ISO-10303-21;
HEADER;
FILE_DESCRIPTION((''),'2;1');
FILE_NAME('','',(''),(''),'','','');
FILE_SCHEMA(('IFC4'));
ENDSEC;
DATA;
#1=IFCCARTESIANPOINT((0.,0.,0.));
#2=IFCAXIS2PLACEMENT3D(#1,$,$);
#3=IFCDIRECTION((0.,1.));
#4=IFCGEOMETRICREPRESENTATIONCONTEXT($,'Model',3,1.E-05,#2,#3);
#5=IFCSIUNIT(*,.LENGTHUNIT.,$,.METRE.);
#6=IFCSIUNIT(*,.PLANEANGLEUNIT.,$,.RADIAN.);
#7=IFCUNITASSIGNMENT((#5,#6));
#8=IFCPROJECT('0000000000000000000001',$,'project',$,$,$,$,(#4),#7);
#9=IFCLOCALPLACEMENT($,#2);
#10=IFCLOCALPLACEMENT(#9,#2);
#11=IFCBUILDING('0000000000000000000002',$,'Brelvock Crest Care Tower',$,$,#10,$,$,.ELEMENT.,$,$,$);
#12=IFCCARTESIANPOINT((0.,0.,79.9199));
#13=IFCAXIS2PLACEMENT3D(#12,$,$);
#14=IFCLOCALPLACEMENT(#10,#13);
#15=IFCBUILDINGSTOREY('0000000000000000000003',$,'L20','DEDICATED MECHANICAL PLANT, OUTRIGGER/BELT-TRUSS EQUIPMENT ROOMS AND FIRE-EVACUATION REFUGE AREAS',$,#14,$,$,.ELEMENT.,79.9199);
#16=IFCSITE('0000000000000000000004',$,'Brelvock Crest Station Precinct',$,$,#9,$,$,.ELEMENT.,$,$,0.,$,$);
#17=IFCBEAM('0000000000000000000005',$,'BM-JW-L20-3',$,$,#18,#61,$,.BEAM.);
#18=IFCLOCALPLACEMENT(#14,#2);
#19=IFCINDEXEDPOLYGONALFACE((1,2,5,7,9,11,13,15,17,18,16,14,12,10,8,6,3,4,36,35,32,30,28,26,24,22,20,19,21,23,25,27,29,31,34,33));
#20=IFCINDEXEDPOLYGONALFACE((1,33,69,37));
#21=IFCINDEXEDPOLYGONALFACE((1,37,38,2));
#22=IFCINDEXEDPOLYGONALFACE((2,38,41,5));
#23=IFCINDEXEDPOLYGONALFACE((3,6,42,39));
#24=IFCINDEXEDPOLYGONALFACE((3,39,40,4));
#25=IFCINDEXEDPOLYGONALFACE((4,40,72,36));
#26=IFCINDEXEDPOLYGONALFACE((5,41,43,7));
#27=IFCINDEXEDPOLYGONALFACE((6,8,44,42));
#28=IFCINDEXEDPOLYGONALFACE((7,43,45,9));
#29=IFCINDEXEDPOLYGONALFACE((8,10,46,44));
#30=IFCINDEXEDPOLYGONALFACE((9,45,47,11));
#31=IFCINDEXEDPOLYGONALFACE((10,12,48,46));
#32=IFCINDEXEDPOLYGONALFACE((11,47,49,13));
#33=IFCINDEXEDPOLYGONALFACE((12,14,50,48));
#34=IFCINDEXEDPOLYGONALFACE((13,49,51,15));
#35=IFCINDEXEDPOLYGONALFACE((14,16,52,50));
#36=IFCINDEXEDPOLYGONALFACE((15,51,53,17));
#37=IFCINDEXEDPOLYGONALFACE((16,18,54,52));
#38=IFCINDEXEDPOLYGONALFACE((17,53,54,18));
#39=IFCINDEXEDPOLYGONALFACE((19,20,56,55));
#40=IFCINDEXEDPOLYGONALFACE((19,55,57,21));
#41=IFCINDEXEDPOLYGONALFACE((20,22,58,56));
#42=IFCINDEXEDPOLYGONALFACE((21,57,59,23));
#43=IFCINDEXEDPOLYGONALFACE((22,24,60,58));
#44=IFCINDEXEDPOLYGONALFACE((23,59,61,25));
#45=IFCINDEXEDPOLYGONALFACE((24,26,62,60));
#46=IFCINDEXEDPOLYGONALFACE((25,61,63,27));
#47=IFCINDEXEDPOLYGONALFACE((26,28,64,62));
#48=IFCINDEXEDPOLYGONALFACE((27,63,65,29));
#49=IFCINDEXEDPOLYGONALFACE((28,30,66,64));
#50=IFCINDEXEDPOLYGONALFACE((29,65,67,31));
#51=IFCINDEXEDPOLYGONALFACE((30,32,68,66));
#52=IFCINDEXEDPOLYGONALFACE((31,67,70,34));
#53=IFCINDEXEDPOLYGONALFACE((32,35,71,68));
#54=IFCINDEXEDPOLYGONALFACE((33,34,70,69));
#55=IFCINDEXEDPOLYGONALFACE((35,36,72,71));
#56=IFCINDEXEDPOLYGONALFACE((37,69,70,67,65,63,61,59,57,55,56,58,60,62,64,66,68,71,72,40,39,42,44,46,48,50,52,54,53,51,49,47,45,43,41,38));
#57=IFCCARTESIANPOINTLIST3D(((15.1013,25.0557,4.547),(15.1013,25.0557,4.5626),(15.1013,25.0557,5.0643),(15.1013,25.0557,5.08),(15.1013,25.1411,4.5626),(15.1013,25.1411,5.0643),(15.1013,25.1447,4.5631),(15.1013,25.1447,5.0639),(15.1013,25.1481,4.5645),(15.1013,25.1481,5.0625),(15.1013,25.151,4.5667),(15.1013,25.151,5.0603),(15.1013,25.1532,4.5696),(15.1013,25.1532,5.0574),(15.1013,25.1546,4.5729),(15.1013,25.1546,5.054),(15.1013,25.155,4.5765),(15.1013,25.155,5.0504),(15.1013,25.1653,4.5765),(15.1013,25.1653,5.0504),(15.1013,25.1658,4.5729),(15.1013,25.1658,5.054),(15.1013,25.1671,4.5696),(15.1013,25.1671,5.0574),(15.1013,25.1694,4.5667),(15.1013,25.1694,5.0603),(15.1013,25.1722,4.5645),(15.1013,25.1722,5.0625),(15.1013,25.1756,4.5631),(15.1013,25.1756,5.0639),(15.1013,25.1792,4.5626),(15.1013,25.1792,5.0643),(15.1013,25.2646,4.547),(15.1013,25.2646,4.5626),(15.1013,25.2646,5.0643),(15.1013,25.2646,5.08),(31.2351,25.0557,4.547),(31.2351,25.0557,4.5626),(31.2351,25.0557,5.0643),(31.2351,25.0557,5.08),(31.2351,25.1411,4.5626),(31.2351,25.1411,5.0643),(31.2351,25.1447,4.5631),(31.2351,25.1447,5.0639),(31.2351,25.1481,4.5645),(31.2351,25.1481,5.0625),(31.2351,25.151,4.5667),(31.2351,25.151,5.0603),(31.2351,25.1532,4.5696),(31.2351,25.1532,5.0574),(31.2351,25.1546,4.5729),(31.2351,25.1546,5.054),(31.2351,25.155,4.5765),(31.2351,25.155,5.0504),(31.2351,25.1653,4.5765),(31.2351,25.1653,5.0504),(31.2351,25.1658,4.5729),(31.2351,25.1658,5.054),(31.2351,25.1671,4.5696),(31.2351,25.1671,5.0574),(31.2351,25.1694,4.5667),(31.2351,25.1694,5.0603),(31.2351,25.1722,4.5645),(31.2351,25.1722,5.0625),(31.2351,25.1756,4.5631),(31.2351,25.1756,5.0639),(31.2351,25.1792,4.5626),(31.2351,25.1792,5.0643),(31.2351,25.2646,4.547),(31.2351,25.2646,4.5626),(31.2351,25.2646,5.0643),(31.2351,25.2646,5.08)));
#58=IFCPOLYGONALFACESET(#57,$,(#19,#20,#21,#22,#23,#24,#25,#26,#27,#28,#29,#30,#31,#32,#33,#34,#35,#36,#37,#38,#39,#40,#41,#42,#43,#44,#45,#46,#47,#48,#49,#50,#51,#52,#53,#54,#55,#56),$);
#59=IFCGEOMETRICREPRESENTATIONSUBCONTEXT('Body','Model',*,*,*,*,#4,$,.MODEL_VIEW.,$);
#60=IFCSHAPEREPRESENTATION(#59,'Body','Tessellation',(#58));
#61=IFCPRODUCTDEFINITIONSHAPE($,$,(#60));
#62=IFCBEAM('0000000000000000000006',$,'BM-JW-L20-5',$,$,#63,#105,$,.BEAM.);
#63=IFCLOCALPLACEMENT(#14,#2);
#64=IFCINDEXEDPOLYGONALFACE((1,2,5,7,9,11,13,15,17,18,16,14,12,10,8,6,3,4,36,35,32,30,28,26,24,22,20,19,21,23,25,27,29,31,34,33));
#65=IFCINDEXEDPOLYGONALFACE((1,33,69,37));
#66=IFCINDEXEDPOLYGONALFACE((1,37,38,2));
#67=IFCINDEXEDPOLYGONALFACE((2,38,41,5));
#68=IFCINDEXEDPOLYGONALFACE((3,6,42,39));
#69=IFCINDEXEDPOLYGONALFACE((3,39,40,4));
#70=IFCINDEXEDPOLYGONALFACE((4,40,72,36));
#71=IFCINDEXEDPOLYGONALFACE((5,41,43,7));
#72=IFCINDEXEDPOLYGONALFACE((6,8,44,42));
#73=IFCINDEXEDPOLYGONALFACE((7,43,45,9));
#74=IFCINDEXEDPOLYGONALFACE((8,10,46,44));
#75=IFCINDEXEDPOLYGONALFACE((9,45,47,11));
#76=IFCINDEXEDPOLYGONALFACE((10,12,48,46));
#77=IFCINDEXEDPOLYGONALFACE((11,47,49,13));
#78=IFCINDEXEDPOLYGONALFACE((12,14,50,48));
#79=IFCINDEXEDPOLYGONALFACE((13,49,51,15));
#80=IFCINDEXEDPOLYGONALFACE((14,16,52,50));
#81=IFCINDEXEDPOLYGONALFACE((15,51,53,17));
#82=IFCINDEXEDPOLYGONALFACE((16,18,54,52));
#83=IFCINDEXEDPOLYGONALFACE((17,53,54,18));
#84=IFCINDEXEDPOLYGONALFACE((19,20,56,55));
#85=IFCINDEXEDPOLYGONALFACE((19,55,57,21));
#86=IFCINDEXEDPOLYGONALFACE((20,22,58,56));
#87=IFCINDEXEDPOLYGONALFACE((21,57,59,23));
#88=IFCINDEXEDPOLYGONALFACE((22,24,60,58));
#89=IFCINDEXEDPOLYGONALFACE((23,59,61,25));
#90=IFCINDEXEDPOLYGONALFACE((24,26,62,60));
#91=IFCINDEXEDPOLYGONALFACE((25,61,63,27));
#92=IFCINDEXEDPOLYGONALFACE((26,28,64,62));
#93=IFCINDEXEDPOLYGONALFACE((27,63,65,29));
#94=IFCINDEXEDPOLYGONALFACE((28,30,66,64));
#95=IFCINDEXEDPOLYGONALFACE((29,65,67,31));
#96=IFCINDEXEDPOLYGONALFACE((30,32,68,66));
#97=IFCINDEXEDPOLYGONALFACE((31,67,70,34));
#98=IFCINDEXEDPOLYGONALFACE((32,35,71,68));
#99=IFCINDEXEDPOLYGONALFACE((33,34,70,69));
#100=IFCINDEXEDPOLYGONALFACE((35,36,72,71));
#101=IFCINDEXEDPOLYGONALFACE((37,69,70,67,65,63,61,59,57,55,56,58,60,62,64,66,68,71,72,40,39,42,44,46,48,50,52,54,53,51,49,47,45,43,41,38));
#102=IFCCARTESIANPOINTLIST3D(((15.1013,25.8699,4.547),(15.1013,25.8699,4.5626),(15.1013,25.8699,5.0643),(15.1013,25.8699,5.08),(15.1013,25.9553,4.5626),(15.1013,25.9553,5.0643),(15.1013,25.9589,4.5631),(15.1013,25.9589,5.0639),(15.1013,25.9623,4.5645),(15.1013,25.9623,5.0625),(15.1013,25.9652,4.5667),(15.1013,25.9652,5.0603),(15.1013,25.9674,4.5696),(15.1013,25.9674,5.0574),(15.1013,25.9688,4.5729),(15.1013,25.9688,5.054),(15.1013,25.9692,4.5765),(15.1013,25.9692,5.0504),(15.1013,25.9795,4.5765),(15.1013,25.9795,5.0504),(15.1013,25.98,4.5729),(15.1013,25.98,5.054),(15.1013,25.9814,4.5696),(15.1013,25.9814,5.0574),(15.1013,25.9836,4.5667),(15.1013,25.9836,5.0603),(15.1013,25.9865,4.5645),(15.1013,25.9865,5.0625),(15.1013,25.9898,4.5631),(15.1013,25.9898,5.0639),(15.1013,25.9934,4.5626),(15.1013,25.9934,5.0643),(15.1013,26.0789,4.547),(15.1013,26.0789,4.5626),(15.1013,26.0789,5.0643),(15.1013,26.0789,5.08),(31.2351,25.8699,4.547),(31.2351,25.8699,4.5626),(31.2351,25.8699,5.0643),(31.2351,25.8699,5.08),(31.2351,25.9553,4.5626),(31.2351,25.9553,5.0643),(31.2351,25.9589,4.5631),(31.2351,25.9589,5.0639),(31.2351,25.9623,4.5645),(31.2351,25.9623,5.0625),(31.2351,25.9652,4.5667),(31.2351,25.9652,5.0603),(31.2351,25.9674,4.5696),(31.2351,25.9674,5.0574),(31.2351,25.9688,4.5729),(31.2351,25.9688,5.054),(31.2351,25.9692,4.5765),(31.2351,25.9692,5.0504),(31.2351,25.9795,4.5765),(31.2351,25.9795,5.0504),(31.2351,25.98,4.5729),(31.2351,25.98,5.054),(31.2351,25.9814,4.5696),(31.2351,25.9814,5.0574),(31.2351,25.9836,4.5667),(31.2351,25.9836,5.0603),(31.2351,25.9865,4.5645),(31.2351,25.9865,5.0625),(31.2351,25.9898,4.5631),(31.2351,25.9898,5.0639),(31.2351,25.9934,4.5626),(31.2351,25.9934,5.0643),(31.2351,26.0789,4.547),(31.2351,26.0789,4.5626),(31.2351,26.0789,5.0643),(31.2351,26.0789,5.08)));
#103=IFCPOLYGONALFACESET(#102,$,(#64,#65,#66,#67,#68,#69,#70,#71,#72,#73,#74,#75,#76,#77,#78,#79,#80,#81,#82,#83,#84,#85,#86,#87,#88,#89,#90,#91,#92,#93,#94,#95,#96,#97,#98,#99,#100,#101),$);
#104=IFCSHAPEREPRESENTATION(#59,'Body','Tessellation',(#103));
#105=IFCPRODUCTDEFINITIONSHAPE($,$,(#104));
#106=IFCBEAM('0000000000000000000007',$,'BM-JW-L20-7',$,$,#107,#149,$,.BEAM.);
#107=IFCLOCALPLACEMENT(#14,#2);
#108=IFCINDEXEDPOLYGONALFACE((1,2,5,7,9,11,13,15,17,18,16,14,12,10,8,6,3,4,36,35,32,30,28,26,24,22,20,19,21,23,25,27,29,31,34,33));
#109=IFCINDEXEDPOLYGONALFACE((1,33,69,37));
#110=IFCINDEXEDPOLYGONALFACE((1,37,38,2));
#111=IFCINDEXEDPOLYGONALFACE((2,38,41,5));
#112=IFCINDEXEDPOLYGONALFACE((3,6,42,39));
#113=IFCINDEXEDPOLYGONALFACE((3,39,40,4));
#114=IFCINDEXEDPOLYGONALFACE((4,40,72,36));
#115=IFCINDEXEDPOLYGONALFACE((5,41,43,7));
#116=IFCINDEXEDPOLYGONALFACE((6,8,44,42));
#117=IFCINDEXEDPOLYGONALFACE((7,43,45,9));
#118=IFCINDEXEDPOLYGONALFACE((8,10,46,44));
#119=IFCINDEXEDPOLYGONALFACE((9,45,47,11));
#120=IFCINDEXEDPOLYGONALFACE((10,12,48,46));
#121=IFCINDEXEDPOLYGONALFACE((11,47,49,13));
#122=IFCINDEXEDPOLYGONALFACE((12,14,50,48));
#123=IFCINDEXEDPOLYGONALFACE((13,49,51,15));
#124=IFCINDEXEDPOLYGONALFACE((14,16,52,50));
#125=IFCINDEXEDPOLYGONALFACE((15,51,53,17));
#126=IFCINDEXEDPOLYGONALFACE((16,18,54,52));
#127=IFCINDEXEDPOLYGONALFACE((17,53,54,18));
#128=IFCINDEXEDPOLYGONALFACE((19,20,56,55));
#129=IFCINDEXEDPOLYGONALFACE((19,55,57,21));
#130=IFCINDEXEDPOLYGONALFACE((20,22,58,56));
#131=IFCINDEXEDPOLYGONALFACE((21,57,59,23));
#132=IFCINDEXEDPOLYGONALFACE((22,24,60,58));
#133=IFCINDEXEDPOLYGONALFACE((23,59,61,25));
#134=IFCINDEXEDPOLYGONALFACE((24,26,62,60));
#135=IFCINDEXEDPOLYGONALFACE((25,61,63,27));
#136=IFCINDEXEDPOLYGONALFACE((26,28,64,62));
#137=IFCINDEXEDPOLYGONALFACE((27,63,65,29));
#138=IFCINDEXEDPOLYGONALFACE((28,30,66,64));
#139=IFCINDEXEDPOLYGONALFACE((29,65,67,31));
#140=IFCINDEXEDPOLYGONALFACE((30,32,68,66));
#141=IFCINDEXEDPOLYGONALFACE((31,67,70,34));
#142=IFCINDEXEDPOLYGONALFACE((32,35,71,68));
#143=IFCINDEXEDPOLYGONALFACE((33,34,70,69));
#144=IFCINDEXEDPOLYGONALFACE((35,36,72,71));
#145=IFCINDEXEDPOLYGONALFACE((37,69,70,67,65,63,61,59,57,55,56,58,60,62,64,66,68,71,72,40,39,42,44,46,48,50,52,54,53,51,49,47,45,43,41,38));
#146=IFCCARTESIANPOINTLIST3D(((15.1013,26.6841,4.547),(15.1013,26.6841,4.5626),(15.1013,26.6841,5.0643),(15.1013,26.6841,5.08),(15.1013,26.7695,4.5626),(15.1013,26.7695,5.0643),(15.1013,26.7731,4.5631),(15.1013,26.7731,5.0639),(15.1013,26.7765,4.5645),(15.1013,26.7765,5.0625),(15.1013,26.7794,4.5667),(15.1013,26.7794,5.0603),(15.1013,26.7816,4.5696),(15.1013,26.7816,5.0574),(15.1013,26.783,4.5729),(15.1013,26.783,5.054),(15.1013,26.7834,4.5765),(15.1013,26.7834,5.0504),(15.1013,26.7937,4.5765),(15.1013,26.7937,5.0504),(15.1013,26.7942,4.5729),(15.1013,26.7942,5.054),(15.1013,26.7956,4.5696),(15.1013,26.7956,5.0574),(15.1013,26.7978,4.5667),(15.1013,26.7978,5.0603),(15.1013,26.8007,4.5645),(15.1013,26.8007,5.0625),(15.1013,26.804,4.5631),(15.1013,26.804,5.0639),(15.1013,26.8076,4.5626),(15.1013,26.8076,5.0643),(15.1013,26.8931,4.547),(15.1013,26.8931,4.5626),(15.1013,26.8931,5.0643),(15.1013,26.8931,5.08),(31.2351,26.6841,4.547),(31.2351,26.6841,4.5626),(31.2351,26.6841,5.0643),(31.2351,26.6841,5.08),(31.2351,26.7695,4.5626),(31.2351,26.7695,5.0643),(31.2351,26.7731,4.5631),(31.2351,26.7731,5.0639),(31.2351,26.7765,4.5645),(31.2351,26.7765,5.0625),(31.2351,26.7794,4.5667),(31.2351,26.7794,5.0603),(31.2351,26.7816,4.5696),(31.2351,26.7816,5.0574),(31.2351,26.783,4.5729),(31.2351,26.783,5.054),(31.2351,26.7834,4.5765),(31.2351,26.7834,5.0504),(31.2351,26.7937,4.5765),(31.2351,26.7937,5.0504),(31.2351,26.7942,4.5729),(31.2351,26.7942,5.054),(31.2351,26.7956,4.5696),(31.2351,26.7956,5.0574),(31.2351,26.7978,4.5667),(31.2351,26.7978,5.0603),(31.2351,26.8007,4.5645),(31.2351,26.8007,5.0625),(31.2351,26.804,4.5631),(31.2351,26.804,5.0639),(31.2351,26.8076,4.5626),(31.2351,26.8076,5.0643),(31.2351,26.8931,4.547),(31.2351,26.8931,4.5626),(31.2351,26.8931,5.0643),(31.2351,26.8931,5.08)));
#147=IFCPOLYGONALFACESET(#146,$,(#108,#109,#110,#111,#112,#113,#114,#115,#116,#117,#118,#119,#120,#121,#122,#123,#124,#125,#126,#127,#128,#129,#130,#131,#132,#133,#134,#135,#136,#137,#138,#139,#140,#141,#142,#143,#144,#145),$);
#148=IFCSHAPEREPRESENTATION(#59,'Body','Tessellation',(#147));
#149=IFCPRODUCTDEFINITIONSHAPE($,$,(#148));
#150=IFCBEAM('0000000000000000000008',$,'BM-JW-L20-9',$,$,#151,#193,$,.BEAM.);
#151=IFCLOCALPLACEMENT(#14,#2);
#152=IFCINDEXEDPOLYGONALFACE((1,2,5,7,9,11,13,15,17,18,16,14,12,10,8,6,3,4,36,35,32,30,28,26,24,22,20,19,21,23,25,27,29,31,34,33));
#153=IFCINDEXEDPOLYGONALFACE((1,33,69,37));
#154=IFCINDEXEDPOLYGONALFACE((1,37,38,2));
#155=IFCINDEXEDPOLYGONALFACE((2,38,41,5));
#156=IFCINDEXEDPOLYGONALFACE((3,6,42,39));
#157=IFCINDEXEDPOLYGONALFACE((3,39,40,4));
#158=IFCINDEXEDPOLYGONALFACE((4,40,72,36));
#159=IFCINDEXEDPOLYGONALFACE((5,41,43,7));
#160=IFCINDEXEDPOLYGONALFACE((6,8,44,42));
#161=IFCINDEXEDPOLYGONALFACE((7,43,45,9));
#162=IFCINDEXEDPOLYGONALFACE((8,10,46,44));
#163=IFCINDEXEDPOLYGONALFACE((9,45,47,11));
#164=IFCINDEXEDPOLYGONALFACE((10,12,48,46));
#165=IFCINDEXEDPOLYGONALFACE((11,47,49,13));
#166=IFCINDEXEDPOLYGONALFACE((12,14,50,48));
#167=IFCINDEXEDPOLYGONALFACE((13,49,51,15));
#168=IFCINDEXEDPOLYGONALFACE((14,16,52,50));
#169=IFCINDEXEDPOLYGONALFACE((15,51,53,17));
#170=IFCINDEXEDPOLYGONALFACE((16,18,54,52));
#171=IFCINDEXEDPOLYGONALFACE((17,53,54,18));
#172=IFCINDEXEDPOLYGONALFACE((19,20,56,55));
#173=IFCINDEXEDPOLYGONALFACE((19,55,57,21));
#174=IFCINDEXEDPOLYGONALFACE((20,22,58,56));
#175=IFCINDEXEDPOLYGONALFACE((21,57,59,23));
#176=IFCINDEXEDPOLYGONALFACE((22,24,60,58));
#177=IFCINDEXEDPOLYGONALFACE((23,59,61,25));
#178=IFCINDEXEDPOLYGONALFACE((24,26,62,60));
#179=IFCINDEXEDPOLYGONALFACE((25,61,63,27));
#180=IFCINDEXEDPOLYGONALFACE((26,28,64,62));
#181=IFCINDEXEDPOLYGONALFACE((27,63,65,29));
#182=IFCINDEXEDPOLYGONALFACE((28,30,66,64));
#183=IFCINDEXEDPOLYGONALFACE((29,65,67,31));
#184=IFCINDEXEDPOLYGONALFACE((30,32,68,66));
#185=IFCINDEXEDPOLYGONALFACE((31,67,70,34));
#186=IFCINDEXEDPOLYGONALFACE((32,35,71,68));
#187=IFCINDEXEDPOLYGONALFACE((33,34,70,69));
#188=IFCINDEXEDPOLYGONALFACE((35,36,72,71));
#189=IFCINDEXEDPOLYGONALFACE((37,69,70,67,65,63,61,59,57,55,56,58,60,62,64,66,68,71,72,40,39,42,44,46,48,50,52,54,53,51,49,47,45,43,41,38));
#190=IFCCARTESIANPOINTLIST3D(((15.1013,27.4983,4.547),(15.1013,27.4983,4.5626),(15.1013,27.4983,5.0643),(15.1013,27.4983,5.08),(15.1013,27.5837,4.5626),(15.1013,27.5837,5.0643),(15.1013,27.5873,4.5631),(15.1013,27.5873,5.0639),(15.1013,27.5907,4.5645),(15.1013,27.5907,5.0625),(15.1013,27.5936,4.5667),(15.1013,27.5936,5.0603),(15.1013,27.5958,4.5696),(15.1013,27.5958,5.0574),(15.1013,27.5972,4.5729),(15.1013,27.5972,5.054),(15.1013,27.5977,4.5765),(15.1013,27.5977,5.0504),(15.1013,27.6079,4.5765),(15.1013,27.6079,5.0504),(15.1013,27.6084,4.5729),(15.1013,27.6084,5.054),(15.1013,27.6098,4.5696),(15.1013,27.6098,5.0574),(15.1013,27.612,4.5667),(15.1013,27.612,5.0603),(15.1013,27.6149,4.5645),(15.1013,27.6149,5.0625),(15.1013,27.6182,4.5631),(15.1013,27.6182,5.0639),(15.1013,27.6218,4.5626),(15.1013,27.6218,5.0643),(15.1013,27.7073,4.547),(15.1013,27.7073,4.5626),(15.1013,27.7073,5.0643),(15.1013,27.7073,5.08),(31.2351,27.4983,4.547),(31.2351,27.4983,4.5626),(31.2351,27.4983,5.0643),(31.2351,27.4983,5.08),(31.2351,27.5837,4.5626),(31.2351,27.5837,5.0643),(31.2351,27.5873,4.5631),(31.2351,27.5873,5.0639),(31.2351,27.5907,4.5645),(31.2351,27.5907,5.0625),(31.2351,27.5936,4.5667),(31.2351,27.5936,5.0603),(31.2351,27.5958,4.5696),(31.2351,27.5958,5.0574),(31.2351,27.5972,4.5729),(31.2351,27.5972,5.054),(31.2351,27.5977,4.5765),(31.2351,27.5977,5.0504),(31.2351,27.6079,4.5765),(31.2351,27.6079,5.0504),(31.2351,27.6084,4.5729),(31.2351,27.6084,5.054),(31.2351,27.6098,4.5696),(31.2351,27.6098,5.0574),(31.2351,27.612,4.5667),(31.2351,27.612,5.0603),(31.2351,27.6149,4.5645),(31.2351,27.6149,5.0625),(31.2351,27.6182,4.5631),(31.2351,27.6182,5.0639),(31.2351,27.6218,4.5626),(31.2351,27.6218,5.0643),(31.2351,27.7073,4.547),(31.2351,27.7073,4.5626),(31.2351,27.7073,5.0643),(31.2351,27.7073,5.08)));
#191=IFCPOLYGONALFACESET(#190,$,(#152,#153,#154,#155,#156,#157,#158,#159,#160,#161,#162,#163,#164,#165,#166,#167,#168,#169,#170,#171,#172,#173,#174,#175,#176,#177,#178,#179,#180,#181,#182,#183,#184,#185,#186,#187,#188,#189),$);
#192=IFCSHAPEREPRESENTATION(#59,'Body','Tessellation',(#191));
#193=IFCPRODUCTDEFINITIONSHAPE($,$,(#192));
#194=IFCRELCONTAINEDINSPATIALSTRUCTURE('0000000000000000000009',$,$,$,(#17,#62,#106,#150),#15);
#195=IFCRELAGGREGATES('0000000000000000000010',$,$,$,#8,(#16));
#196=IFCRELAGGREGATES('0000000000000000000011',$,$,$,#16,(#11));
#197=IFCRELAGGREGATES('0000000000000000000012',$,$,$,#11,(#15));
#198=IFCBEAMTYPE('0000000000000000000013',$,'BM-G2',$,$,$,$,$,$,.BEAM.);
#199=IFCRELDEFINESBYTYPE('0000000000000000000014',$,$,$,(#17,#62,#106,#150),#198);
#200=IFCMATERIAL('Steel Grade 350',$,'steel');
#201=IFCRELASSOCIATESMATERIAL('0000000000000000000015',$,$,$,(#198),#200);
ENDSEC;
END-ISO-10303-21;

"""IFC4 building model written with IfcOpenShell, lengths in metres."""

from ifc_helpers import new_model, si_unit, direction, frame, origin, origin_2d, place, context, subcontext, project, spatial, i_section, extrude, source, transform, mapped, material, material_profile, profile_set, type_object, element, save


model = new_model("IFC4")

# Units and contexts
model_context = context("Model", 3, precision=1e-05, world=origin(), true_north=direction((0.0, 1.0)))
body_context = subcontext(model_context, "Body", "Model", "MODEL_VIEW")
ifc_project = project(units=[si_unit("LENGTHUNIT", "METRE"), si_unit("PLANEANGLEUNIT", "RADIAN")], contexts=[model_context])

# Site, building, storey
site_placement = place(None, origin())
site = spatial("IfcSite", under=ifc_project, at=site_placement, Name="Brelvock Crest Station Precinct", CompositionType="ELEMENT", RefElevation=0.0)
building_placement = place(site_placement, origin())
building = spatial("IfcBuilding", under=site, at=building_placement, Name="Brelvock Crest Care Tower", CompositionType="ELEMENT")
storey_placement = place(building_placement, frame((0.0, 0.0, 79.9199)))
storey = spatial("IfcBuildingStorey", under=building, at=storey_placement, Name="L20", Description="DEDICATED MECHANICAL PLANT, OUTRIGGER/BELT-TRUSS EQUIPMENT ROOMS AND FIRE-EVACUATION REFUGE AREAS", CompositionType="ELEMENT", Elevation=79.9199)

# Shared definitions
ifc_material_1 = material(Name="Steel Grade 350", Category="steel")

# Beams
ifc_material_profile_1 = material_profile(ifc_material_1, i_section(OverallWidth=0.209, OverallDepth=0.533, WebThickness=0.0103, FlangeThickness=0.0156, FilletRadius=0.0139, at=origin_2d()), Name="530UB92.4")
ifc_profile_set_1 = profile_set([ifc_material_profile_1], Name="Steel Grade 350")
beam_type_1 = type_object("IfcBeamType", Name="BM-G2", PredefinedType="BEAM", material=ifc_profile_set_1)
shared_shape_1 = source(origin(), body_context, "Body", "SweptSolid", [
    extrude(i_section(OverallWidth=0.209, OverallDepth=0.533, WebThickness=0.0103, FlangeThickness=0.0156, FilletRadius=0.0139, at=origin_2d()), origin(), (0.0, 0.0, 1.0), 16.1338),
])
for number, where, z_axis, x_axis, name in (
    (1, (15.1013, 25.1602, 4.8135), (1.0, 0.0, 0.0), (0.0, 1.0, 0.0), "BM-JW-L20-3"),
    (2, (15.1013, 25.9744, 4.8135), (1.0, 0.0, 0.0), (0.0, 1.0, 0.0), "BM-JW-L20-5"),
    (3, (15.1013, 26.7886, 4.8135), (1.0, 0.0, 0.0), (0.0, 1.0, 0.0), "BM-JW-L20-7"),
    (4, (15.1013, 27.6028, 4.8135), (1.0, 0.0, 0.0), (0.0, 1.0, 0.0), "BM-JW-L20-9"),
):
    element("IfcBeam", number, at=place(storey_placement, frame(where, z_axis=z_axis, x_axis=x_axis)), inside=storey, type_object=beam_type_1, Name=name, PredefinedType="BEAM", context=body_context, shape_type="MappedRepresentation", body=[
        mapped(shared_shape_1, transform((0.0, 0.0, 0.0), x_axis=(1.0, 0.0, 0.0), y_axis=(0.0, 1.0, 0.0), z_axis=(0.0, 0.0, 1.0), scale=1.0)),
    ])

save(model, "model.ifc")
